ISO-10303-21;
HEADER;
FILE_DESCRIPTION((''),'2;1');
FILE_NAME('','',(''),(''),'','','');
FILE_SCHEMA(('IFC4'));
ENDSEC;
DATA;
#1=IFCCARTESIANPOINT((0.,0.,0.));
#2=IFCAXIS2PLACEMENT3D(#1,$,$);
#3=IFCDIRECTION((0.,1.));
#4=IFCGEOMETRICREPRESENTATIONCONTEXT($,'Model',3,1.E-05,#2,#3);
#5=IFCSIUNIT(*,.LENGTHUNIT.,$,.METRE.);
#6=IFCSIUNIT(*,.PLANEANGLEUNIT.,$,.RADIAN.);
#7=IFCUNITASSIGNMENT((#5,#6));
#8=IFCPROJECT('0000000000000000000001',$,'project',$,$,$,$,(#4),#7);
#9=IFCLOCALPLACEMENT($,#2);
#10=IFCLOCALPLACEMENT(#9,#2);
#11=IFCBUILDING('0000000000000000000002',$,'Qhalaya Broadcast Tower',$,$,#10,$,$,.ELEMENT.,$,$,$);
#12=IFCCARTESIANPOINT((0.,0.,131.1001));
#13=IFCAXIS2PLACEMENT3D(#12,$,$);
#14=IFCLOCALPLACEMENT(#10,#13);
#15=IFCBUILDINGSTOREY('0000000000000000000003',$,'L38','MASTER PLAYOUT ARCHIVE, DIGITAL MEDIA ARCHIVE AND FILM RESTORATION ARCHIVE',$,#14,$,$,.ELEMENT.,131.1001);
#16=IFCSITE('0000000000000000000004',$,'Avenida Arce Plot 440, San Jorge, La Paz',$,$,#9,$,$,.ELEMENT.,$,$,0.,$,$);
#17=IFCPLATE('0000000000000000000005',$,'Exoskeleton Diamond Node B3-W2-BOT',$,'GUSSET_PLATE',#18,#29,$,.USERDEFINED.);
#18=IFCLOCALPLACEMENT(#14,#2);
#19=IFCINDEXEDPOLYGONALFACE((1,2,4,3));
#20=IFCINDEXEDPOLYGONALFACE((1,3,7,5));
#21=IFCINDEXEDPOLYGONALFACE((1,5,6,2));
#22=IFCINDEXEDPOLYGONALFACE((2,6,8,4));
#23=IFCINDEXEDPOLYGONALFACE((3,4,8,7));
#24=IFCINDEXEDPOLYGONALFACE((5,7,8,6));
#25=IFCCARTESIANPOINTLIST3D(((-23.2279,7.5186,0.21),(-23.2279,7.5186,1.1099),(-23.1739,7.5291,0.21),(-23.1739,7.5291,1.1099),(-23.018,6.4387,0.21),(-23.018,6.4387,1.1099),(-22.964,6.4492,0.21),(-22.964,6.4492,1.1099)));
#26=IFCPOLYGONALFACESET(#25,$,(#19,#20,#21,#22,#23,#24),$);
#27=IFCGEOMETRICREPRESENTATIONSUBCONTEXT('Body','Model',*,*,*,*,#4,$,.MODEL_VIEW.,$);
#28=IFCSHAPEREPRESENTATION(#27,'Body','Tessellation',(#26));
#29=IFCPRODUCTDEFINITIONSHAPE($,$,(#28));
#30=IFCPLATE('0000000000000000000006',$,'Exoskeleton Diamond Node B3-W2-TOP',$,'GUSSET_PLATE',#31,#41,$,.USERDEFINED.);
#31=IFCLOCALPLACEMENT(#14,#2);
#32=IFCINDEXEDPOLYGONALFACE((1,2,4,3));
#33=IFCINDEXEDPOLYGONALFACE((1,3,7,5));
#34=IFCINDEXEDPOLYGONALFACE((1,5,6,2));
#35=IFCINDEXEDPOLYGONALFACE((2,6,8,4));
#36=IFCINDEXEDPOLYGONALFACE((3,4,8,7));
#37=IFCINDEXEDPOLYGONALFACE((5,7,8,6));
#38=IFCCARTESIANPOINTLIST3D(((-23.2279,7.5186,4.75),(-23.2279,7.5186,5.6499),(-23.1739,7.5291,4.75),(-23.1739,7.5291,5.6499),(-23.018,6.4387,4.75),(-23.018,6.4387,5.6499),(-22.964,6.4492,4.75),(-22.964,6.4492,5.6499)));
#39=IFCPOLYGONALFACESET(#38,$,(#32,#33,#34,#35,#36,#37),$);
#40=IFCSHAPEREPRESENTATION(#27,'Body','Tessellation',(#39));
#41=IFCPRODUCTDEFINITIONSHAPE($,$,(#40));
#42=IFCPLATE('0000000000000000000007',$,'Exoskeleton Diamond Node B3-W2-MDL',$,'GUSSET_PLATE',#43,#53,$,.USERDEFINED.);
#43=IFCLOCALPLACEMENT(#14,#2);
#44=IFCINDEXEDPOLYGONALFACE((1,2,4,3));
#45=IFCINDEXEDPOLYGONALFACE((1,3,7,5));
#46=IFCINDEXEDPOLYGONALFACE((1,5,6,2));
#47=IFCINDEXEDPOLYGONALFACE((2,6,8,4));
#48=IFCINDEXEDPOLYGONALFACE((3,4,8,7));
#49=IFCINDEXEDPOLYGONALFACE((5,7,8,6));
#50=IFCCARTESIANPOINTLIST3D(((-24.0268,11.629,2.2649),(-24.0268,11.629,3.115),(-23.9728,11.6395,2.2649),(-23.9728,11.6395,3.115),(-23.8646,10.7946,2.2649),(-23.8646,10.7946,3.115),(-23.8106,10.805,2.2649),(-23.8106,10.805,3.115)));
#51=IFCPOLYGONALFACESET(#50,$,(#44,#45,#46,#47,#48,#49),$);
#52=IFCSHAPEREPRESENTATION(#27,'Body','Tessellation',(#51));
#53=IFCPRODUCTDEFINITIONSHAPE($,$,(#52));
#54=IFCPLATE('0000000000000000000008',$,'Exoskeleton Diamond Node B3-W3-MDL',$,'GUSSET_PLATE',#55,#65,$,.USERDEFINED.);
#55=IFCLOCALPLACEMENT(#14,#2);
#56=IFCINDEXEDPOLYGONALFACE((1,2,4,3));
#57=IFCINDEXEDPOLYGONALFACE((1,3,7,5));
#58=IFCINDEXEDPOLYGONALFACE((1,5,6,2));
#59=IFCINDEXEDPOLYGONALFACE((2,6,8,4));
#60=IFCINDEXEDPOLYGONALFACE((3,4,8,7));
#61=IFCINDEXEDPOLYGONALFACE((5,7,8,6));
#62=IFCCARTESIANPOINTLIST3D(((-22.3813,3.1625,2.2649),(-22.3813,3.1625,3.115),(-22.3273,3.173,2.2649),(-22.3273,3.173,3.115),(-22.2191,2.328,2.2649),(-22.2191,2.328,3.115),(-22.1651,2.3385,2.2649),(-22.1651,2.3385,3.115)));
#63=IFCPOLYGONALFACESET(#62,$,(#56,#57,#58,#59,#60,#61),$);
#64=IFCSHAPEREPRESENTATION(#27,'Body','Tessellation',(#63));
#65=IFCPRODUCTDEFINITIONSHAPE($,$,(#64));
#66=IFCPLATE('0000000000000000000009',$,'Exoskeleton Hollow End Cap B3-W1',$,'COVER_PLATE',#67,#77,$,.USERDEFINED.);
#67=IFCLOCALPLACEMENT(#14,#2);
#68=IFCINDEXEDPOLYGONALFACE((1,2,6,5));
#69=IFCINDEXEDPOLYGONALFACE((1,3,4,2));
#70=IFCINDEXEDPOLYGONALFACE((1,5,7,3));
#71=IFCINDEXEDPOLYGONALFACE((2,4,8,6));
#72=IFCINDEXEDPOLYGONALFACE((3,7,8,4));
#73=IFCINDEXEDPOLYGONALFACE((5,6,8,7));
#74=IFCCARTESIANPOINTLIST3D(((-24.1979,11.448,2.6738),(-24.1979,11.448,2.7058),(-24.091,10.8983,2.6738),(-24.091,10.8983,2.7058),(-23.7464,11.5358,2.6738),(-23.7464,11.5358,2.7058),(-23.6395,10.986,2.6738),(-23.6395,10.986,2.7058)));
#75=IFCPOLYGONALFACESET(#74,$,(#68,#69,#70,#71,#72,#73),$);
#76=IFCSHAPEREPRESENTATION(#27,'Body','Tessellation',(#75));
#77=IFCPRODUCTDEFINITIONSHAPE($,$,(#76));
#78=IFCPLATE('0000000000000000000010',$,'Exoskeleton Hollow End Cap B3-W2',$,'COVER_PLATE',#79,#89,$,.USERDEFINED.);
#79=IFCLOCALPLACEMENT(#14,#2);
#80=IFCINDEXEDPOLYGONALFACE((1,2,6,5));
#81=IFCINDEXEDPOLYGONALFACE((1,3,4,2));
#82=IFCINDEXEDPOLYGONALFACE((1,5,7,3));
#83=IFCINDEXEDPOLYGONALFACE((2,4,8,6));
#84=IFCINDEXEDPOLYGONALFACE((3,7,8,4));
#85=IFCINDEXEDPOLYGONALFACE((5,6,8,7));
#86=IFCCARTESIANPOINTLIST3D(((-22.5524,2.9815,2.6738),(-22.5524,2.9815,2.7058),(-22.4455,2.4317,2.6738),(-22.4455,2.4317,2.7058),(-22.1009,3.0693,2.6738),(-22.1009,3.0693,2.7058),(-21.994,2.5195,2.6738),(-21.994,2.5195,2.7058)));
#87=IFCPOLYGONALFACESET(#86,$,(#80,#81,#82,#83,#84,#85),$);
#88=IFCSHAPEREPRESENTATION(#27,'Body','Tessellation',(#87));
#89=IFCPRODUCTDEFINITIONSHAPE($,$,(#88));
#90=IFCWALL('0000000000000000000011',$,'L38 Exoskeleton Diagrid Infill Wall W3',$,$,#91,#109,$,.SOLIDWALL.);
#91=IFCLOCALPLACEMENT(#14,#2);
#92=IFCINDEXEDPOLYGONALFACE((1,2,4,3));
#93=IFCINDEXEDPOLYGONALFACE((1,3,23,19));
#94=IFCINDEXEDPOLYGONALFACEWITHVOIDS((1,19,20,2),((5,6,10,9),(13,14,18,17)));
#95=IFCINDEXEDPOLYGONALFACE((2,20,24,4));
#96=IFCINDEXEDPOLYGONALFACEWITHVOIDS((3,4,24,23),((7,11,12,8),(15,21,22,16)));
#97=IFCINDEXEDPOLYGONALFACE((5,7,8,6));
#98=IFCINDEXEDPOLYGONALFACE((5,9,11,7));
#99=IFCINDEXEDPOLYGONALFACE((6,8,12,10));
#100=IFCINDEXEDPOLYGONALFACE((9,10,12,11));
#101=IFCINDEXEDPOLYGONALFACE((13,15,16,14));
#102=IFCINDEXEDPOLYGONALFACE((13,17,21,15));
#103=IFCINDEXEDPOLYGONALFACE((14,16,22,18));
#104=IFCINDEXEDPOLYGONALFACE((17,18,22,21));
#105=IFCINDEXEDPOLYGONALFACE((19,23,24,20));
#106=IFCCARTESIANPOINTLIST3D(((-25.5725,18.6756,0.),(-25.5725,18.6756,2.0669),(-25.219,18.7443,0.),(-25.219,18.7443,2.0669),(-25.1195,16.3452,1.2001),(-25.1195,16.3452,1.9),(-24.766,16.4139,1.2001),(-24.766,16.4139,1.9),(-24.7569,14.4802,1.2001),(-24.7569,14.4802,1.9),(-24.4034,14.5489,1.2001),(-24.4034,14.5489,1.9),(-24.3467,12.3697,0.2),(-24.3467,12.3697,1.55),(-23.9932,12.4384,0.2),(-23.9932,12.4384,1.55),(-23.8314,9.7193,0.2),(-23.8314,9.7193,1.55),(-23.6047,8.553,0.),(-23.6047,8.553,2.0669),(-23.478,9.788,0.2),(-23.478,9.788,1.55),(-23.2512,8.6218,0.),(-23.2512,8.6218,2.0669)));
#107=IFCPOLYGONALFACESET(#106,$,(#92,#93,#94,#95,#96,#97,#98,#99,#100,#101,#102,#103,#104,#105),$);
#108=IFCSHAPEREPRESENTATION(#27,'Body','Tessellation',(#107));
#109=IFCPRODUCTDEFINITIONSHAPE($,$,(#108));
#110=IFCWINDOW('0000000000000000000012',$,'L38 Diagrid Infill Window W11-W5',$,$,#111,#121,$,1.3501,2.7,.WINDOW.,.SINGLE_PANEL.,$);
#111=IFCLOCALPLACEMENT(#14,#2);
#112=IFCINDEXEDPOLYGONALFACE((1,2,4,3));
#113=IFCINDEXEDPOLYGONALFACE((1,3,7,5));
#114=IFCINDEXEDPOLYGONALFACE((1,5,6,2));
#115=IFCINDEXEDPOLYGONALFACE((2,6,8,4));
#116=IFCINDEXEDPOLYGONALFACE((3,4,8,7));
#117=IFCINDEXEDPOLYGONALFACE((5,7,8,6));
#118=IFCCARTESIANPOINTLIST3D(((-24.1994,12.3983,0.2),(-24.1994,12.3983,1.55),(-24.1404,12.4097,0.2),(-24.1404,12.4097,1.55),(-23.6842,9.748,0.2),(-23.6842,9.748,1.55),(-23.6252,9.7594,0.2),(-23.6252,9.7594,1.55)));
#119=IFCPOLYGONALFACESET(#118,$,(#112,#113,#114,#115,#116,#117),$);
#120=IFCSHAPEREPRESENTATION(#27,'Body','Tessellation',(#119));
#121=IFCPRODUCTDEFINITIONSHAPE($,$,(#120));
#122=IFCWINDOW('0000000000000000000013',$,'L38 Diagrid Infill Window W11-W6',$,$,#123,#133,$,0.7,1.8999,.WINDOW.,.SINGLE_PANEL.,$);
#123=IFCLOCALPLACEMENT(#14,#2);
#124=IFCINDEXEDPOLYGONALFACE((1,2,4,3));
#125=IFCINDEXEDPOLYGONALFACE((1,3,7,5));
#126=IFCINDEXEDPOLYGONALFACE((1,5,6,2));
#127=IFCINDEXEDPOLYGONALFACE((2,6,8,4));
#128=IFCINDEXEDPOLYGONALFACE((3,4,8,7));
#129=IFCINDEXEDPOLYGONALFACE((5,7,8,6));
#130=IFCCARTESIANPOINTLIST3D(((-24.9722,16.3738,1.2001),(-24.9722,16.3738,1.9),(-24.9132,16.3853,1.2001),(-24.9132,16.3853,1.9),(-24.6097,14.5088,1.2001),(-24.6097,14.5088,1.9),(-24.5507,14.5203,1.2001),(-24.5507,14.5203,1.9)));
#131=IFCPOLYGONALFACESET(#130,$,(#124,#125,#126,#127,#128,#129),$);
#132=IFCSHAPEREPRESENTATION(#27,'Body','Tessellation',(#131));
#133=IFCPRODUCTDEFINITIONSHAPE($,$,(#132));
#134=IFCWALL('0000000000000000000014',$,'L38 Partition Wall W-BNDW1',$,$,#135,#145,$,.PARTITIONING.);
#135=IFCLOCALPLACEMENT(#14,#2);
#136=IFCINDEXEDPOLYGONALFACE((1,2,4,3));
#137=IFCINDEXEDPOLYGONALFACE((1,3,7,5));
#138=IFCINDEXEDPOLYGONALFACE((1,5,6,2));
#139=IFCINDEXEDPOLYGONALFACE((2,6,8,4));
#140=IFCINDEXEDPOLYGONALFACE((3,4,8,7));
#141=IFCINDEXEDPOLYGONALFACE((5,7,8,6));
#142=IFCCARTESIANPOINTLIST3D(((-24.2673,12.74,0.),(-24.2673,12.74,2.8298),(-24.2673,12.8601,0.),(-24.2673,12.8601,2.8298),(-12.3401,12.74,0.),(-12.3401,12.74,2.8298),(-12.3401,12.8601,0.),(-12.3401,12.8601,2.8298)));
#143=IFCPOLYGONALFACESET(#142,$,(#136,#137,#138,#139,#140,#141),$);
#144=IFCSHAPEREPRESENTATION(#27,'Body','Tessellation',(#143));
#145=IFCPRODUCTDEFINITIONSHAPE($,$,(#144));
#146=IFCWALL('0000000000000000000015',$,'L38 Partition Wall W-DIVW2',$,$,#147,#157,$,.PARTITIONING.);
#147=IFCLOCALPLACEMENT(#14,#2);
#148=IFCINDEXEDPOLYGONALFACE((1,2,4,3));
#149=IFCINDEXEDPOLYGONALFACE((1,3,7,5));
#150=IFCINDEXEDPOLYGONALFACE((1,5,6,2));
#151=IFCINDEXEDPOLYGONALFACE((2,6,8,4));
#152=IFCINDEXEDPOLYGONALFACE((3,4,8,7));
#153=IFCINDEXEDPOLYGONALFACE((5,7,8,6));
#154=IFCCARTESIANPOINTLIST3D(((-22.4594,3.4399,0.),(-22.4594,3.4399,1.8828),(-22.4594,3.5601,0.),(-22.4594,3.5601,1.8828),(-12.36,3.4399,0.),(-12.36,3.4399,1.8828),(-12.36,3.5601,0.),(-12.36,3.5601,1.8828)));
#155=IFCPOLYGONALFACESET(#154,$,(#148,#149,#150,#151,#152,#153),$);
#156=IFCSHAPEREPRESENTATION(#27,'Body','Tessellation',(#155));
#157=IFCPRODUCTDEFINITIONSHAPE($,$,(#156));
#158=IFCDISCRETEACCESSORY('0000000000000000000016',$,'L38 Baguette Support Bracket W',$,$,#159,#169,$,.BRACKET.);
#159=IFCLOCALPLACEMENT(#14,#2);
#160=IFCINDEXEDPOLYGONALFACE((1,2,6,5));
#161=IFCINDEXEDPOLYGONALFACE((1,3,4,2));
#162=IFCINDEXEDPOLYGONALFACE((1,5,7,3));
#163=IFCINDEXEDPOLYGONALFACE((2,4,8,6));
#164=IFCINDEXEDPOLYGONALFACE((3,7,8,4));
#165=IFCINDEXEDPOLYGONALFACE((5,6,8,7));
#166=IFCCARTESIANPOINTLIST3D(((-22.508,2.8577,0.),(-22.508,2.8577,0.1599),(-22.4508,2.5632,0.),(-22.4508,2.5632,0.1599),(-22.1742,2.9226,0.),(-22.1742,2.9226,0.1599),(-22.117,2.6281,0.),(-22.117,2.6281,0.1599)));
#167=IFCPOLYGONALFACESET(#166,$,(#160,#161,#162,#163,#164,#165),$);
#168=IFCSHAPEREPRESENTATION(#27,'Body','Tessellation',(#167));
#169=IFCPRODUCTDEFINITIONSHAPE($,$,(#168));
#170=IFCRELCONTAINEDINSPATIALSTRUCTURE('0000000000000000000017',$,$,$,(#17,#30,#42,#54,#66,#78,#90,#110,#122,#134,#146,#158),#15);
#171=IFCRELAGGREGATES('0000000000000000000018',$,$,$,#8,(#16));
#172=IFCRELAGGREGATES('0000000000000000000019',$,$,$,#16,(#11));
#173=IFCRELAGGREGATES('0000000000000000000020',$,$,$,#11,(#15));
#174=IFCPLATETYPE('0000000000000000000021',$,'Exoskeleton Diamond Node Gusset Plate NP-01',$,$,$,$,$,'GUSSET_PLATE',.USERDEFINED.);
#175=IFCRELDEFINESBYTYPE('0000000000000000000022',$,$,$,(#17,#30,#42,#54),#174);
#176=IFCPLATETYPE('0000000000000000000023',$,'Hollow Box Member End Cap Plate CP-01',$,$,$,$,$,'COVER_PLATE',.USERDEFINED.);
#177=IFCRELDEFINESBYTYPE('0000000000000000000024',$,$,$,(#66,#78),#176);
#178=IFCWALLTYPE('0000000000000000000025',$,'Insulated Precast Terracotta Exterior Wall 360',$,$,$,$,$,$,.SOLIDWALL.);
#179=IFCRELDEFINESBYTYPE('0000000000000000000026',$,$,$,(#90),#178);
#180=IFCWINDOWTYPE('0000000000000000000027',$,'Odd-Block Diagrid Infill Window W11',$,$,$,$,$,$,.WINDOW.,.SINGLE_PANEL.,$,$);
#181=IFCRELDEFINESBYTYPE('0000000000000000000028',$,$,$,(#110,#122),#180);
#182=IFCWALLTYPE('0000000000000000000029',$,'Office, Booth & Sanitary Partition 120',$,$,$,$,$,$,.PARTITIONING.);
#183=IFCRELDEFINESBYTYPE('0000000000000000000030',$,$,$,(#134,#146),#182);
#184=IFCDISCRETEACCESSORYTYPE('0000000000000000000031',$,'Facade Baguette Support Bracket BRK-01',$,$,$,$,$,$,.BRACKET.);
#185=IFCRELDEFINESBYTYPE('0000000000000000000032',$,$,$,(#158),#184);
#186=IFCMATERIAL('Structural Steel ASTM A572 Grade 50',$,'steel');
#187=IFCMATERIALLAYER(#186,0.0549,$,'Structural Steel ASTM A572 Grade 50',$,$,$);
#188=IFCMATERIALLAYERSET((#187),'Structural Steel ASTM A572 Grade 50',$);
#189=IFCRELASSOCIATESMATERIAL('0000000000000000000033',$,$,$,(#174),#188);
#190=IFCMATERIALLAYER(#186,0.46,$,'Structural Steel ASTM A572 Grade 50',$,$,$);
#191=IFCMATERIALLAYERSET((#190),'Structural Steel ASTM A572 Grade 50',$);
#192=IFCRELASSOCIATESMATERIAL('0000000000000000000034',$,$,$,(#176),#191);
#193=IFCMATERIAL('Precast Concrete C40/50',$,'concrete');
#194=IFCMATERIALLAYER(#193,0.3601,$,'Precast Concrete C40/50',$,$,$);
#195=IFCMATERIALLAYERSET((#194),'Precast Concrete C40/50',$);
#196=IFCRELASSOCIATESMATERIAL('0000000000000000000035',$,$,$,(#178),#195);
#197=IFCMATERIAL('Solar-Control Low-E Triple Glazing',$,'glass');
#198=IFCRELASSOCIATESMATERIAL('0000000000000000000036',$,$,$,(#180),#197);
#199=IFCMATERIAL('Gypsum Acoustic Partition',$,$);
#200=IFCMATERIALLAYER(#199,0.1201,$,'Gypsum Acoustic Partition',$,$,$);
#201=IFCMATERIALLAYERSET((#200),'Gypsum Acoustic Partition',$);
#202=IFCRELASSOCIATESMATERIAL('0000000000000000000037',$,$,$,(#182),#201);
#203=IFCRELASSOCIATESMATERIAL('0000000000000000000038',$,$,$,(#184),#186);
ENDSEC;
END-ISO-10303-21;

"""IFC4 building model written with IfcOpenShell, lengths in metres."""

from ifc_helpers import new_model, si_unit, direction, frame, frame_2d, origin, origin_2d, place, context, subcontext, project, spatial, rectangle, extrude, material, layer, layer_set, type_object, element, fill, save


model = new_model("IFC4")

# Units and contexts
model_context = context("Model", 3, precision=1e-05, world=origin(), true_north=direction((0.0, 1.0)))
body_context = subcontext(model_context, "Body", "Model", "MODEL_VIEW")
ifc_project = project(units=[si_unit("LENGTHUNIT", "METRE"), si_unit("PLANEANGLEUNIT", "RADIAN")], contexts=[model_context])

# Site, building, storey
site_placement = place(None, origin())
site = spatial("IfcSite", under=ifc_project, at=site_placement, Name="Avenida Arce Plot 440, San Jorge, La Paz", CompositionType="ELEMENT", RefElevation=0.0)
building_placement = place(site_placement, origin())
building = spatial("IfcBuilding", under=site, at=building_placement, Name="Qhalaya Broadcast Tower", CompositionType="ELEMENT")
storey_placement = place(building_placement, frame((0.0, 0.0, 131.1001)))
storey = spatial("IfcBuildingStorey", under=building, at=storey_placement, Name="L38", Description="MASTER PLAYOUT ARCHIVE, DIGITAL MEDIA ARCHIVE AND FILM RESTORATION ARCHIVE", CompositionType="ELEMENT", Elevation=131.1001)

# Shared definitions
ifc_material_1 = material(Name="Structural Steel ASTM A572 Grade 50", Category="steel")

# Plates
ifc_layer_1 = layer(ifc_material_1, 0.0549, Name="Structural Steel ASTM A572 Grade 50")
ifc_layer_set_1 = layer_set([ifc_layer_1], Name="Structural Steel ASTM A572 Grade 50")
plate_type_1 = type_object("IfcPlateType", Name="Exoskeleton Diamond Node Gusset Plate NP-01", ElementType="GUSSET_PLATE", PredefinedType="USERDEFINED", material=ifc_layer_set_1)
for number, where, z_axis, x_axis, name in (
    (1, (-23.0959, 6.9839, 0.21), (0.0, 0.0, 1.0), (-0.190809, 0.981627, 0.0), "Exoskeleton Diamond Node B3-W2-BOT"),
    (2, (-23.0959, 6.9839, 4.75), (0.0, 0.0, 1.0), (-0.190809, 0.981627, 0.0), "Exoskeleton Diamond Node B3-W2-TOP"),
):
    element("IfcPlate", number, at=place(storey_placement, frame(where, z_axis=z_axis, x_axis=x_axis)), inside=storey, type_object=plate_type_1, Name=name, ObjectType="GUSSET_PLATE", PredefinedType="USERDEFINED", context=body_context, shape_type="SweptSolid", body=[
        extrude(rectangle(XDim=1.1001, YDim=0.0549, at=origin_2d()), origin(), (0.0, 0.0, 1.0), 0.8999),
    ])
for number, where, z_axis, x_axis, name in (
    (3, (-23.9187, 11.217, 2.2649), (0.0, 0.0, 1.0), (-0.190809, 0.981627, 0.0), "Exoskeleton Diamond Node B3-W2-MDL"),
    (4, (-22.2732, 2.7505, 2.2649), (0.0, 0.0, 1.0), (-0.190809, 0.981627, 0.0), "Exoskeleton Diamond Node B3-W3-MDL"),
):
    element("IfcPlate", number, at=place(storey_placement, frame(where, z_axis=z_axis, x_axis=x_axis)), inside=storey, type_object=plate_type_1, Name=name, ObjectType="GUSSET_PLATE", PredefinedType="USERDEFINED", context=body_context, shape_type="SweptSolid", body=[
        extrude(rectangle(XDim=0.8501, YDim=0.0549, at=origin_2d()), origin(), (0.0, 0.0, 1.0), 0.8501),
    ])
ifc_layer_2 = layer(ifc_material_1, 0.46, Name="Structural Steel ASTM A572 Grade 50")
ifc_layer_set_2 = layer_set([ifc_layer_2], Name="Structural Steel ASTM A572 Grade 50")
plate_type_2 = type_object("IfcPlateType", Name="Hollow Box Member End Cap Plate CP-01", ElementType="COVER_PLATE", PredefinedType="USERDEFINED", material=ifc_layer_set_2)
for number, where, z_axis, x_axis, name in (
    (5, (-23.9187, 11.217, 2.6738), (0.0, 0.0, 1.0), (-0.190809, 0.981627, 0.0), "Exoskeleton Hollow End Cap B3-W1"),
    (6, (-22.2732, 2.7505, 2.6738), (0.0, 0.0, 1.0), (-0.190809, 0.981627, 0.0), "Exoskeleton Hollow End Cap B3-W2"),
):
    element("IfcPlate", number, at=place(storey_placement, frame(where, z_axis=z_axis, x_axis=x_axis)), inside=storey, type_object=plate_type_2, Name=name, ObjectType="COVER_PLATE", PredefinedType="USERDEFINED", context=body_context, shape_type="SweptSolid", body=[
        extrude(rectangle(XDim=0.5601, YDim=0.46, at=origin_2d()), origin(), (0.0, 0.0, 1.0), 0.032),
    ])

# Wall, openings, windows
ifc_material_2 = material(Name="Precast Concrete C40/50", Category="concrete")
ifc_layer_3 = layer(ifc_material_2, 0.3601, Name="Precast Concrete C40/50")
ifc_layer_set_3 = layer_set([ifc_layer_3], Name="Precast Concrete C40/50")
wall_type_1 = type_object("IfcWallType", Name="Insulated Precast Terracotta Exterior Wall 360", PredefinedType="SOLIDWALL", material=ifc_layer_set_3)
wall_1_placement = place(storey_placement, frame((-23.428, 8.5874, 0.0), z_axis=(0.0, 0.0, 1.0), x_axis=(-0.190823, 0.981625, 0.0)))
wall_1 = element("IfcWall", 7, at=wall_1_placement, inside=storey, type_object=wall_type_1, Name="L38 Exoskeleton Diagrid Infill Wall W3", PredefinedType="SOLIDWALL", context=body_context, shape_type="SweptSolid", body=[
    extrude(rectangle(XDim=10.312, YDim=0.3601, at=frame_2d((5.156, 0.0))), origin(), (0.0, 0.0, 1.0), 2.0669),
])
opening_1_placement = place(wall_1_placement, frame((1.188, 0.0, 0.2)))
opening_1 = element("IfcOpeningElement", 8, at=opening_1_placement, cuts=wall_1, PredefinedType="OPENING", context=body_context, shape_type="SweptSolid", body=[
    extrude(rectangle(XDim=2.7, YDim=1.3501, at=frame_2d((1.3501, 0.675))), frame((0.0, 0.1921, 0.0), z_axis=(0.0, -1.0, 0.0), x_axis=(1.0, 0.0, 0.0)), (0.0, 0.0, 1.0), 0.384),
])
opening_2_placement = place(wall_1_placement, frame((6.0381, 0.0, 1.2)))
opening_2 = element("IfcOpeningElement", 9, at=opening_2_placement, cuts=wall_1, PredefinedType="OPENING", context=body_context, shape_type="SweptSolid", body=[
    extrude(rectangle(XDim=1.8999, YDim=0.7, at=frame_2d((0.95, 0.3501))), frame((0.0, 0.1921, 0.0), z_axis=(0.0, -1.0, 0.0), x_axis=(1.0, 0.0, 0.0)), (0.0, 0.0, 1.0), 0.384),
])
ifc_material_3 = material(Name="Solar-Control Low-E Triple Glazing", Category="glass")
window_type = type_object("IfcWindowType", Name="Odd-Block Diagrid Infill Window W11", PartitioningType="SINGLE_PANEL", PredefinedType="WINDOW", material=ifc_material_3)
window_1_placement = place(opening_1_placement, origin())
window_1 = element("IfcWindow", 10, at=window_1_placement, inside=storey, type_object=window_type, Name="L38 Diagrid Infill Window W11-W5", OverallHeight=1.3501, OverallWidth=2.7, PartitioningType="SINGLE_PANEL", PredefinedType="WINDOW", context=body_context, shape_type="SweptSolid", body=[
    extrude(rectangle(XDim=2.7, YDim=1.3501, at=frame_2d((1.3501, 0.675))), frame((0.0, 0.03, 0.0), z_axis=(0.0, -1.0, 0.0), x_axis=(1.0, 0.0, 0.0)), (0.0, 0.0, 1.0), 0.0601),
])
fill(opening_1, window_1)
window_2_placement = place(opening_2_placement, origin())
window_2 = element("IfcWindow", 11, at=window_2_placement, inside=storey, type_object=window_type, Name="L38 Diagrid Infill Window W11-W6", OverallHeight=0.7, OverallWidth=1.8999, PartitioningType="SINGLE_PANEL", PredefinedType="WINDOW", context=body_context, shape_type="SweptSolid", body=[
    extrude(rectangle(XDim=1.8999, YDim=0.7, at=frame_2d((0.95, 0.3501))), frame((0.0, 0.03, 0.0), z_axis=(0.0, -1.0, 0.0), x_axis=(1.0, 0.0, 0.0)), (0.0, 0.0, 1.0), 0.0601),
])
fill(opening_2, window_2)

# Walls
ifc_material_4 = material(Name="Gypsum Acoustic Partition")
ifc_layer_4 = layer(ifc_material_4, 0.1201, Name="Gypsum Acoustic Partition")
ifc_layer_set_4 = layer_set([ifc_layer_4], Name="Gypsum Acoustic Partition")
wall_type_2 = type_object("IfcWallType", Name="Office, Booth & Sanitary Partition 120", PredefinedType="PARTITIONING", material=ifc_layer_set_4)
wall_2_placement = place(storey_placement, frame((-24.2673, 12.8, 0.0), z_axis=(0.0, 0.0, 1.0), x_axis=(1.0, 0.0, 0.0)))
element("IfcWall", 12, at=wall_2_placement, inside=storey, type_object=wall_type_2, Name="L38 Partition Wall W-BNDW1", PredefinedType="PARTITIONING", context=body_context, shape_type="SweptSolid", body=[
    extrude(rectangle(XDim=11.9272, YDim=0.1201, at=frame_2d((5.9636, 0.0))), origin(), (0.0, 0.0, 1.0), 2.8298),
])
wall_3_placement = place(storey_placement, frame((-22.4595, 3.5, 0.0), z_axis=(0.0, 0.0, 1.0), x_axis=(1.0, 0.0, 0.0)))
element("IfcWall", 13, at=wall_3_placement, inside=storey, type_object=wall_type_2, Name="L38 Partition Wall W-DIVW2", PredefinedType="PARTITIONING", context=body_context, shape_type="SweptSolid", body=[
    extrude(rectangle(XDim=10.0994, YDim=0.1201, at=frame_2d((5.0498, 0.0))), origin(), (0.0, 0.0, 1.0), 1.8828),
])

# Discrete accessory
discrete_accessory_type = type_object("IfcDiscreteAccessoryType", Name="Facade Baguette Support Bracket BRK-01", PredefinedType="BRACKET", material=ifc_material_1)
discrete_accessory_placement = place(storey_placement, frame((-22.3125, 2.7429, 0.0), z_axis=(0.0, 0.0, 1.0), x_axis=(0.190809, -0.981627, 0.0)))
element("IfcDiscreteAccessory", 14, at=discrete_accessory_placement, inside=storey, type_object=discrete_accessory_type, Name="L38 Baguette Support Bracket W", PredefinedType="BRACKET", context=body_context, shape_type="SweptSolid", body=[
    extrude(rectangle(XDim=0.3, YDim=0.3401, at=origin_2d()), origin(), (0.0, 0.0, 1.0), 0.1599),
])

save(model, "model.ifc")
